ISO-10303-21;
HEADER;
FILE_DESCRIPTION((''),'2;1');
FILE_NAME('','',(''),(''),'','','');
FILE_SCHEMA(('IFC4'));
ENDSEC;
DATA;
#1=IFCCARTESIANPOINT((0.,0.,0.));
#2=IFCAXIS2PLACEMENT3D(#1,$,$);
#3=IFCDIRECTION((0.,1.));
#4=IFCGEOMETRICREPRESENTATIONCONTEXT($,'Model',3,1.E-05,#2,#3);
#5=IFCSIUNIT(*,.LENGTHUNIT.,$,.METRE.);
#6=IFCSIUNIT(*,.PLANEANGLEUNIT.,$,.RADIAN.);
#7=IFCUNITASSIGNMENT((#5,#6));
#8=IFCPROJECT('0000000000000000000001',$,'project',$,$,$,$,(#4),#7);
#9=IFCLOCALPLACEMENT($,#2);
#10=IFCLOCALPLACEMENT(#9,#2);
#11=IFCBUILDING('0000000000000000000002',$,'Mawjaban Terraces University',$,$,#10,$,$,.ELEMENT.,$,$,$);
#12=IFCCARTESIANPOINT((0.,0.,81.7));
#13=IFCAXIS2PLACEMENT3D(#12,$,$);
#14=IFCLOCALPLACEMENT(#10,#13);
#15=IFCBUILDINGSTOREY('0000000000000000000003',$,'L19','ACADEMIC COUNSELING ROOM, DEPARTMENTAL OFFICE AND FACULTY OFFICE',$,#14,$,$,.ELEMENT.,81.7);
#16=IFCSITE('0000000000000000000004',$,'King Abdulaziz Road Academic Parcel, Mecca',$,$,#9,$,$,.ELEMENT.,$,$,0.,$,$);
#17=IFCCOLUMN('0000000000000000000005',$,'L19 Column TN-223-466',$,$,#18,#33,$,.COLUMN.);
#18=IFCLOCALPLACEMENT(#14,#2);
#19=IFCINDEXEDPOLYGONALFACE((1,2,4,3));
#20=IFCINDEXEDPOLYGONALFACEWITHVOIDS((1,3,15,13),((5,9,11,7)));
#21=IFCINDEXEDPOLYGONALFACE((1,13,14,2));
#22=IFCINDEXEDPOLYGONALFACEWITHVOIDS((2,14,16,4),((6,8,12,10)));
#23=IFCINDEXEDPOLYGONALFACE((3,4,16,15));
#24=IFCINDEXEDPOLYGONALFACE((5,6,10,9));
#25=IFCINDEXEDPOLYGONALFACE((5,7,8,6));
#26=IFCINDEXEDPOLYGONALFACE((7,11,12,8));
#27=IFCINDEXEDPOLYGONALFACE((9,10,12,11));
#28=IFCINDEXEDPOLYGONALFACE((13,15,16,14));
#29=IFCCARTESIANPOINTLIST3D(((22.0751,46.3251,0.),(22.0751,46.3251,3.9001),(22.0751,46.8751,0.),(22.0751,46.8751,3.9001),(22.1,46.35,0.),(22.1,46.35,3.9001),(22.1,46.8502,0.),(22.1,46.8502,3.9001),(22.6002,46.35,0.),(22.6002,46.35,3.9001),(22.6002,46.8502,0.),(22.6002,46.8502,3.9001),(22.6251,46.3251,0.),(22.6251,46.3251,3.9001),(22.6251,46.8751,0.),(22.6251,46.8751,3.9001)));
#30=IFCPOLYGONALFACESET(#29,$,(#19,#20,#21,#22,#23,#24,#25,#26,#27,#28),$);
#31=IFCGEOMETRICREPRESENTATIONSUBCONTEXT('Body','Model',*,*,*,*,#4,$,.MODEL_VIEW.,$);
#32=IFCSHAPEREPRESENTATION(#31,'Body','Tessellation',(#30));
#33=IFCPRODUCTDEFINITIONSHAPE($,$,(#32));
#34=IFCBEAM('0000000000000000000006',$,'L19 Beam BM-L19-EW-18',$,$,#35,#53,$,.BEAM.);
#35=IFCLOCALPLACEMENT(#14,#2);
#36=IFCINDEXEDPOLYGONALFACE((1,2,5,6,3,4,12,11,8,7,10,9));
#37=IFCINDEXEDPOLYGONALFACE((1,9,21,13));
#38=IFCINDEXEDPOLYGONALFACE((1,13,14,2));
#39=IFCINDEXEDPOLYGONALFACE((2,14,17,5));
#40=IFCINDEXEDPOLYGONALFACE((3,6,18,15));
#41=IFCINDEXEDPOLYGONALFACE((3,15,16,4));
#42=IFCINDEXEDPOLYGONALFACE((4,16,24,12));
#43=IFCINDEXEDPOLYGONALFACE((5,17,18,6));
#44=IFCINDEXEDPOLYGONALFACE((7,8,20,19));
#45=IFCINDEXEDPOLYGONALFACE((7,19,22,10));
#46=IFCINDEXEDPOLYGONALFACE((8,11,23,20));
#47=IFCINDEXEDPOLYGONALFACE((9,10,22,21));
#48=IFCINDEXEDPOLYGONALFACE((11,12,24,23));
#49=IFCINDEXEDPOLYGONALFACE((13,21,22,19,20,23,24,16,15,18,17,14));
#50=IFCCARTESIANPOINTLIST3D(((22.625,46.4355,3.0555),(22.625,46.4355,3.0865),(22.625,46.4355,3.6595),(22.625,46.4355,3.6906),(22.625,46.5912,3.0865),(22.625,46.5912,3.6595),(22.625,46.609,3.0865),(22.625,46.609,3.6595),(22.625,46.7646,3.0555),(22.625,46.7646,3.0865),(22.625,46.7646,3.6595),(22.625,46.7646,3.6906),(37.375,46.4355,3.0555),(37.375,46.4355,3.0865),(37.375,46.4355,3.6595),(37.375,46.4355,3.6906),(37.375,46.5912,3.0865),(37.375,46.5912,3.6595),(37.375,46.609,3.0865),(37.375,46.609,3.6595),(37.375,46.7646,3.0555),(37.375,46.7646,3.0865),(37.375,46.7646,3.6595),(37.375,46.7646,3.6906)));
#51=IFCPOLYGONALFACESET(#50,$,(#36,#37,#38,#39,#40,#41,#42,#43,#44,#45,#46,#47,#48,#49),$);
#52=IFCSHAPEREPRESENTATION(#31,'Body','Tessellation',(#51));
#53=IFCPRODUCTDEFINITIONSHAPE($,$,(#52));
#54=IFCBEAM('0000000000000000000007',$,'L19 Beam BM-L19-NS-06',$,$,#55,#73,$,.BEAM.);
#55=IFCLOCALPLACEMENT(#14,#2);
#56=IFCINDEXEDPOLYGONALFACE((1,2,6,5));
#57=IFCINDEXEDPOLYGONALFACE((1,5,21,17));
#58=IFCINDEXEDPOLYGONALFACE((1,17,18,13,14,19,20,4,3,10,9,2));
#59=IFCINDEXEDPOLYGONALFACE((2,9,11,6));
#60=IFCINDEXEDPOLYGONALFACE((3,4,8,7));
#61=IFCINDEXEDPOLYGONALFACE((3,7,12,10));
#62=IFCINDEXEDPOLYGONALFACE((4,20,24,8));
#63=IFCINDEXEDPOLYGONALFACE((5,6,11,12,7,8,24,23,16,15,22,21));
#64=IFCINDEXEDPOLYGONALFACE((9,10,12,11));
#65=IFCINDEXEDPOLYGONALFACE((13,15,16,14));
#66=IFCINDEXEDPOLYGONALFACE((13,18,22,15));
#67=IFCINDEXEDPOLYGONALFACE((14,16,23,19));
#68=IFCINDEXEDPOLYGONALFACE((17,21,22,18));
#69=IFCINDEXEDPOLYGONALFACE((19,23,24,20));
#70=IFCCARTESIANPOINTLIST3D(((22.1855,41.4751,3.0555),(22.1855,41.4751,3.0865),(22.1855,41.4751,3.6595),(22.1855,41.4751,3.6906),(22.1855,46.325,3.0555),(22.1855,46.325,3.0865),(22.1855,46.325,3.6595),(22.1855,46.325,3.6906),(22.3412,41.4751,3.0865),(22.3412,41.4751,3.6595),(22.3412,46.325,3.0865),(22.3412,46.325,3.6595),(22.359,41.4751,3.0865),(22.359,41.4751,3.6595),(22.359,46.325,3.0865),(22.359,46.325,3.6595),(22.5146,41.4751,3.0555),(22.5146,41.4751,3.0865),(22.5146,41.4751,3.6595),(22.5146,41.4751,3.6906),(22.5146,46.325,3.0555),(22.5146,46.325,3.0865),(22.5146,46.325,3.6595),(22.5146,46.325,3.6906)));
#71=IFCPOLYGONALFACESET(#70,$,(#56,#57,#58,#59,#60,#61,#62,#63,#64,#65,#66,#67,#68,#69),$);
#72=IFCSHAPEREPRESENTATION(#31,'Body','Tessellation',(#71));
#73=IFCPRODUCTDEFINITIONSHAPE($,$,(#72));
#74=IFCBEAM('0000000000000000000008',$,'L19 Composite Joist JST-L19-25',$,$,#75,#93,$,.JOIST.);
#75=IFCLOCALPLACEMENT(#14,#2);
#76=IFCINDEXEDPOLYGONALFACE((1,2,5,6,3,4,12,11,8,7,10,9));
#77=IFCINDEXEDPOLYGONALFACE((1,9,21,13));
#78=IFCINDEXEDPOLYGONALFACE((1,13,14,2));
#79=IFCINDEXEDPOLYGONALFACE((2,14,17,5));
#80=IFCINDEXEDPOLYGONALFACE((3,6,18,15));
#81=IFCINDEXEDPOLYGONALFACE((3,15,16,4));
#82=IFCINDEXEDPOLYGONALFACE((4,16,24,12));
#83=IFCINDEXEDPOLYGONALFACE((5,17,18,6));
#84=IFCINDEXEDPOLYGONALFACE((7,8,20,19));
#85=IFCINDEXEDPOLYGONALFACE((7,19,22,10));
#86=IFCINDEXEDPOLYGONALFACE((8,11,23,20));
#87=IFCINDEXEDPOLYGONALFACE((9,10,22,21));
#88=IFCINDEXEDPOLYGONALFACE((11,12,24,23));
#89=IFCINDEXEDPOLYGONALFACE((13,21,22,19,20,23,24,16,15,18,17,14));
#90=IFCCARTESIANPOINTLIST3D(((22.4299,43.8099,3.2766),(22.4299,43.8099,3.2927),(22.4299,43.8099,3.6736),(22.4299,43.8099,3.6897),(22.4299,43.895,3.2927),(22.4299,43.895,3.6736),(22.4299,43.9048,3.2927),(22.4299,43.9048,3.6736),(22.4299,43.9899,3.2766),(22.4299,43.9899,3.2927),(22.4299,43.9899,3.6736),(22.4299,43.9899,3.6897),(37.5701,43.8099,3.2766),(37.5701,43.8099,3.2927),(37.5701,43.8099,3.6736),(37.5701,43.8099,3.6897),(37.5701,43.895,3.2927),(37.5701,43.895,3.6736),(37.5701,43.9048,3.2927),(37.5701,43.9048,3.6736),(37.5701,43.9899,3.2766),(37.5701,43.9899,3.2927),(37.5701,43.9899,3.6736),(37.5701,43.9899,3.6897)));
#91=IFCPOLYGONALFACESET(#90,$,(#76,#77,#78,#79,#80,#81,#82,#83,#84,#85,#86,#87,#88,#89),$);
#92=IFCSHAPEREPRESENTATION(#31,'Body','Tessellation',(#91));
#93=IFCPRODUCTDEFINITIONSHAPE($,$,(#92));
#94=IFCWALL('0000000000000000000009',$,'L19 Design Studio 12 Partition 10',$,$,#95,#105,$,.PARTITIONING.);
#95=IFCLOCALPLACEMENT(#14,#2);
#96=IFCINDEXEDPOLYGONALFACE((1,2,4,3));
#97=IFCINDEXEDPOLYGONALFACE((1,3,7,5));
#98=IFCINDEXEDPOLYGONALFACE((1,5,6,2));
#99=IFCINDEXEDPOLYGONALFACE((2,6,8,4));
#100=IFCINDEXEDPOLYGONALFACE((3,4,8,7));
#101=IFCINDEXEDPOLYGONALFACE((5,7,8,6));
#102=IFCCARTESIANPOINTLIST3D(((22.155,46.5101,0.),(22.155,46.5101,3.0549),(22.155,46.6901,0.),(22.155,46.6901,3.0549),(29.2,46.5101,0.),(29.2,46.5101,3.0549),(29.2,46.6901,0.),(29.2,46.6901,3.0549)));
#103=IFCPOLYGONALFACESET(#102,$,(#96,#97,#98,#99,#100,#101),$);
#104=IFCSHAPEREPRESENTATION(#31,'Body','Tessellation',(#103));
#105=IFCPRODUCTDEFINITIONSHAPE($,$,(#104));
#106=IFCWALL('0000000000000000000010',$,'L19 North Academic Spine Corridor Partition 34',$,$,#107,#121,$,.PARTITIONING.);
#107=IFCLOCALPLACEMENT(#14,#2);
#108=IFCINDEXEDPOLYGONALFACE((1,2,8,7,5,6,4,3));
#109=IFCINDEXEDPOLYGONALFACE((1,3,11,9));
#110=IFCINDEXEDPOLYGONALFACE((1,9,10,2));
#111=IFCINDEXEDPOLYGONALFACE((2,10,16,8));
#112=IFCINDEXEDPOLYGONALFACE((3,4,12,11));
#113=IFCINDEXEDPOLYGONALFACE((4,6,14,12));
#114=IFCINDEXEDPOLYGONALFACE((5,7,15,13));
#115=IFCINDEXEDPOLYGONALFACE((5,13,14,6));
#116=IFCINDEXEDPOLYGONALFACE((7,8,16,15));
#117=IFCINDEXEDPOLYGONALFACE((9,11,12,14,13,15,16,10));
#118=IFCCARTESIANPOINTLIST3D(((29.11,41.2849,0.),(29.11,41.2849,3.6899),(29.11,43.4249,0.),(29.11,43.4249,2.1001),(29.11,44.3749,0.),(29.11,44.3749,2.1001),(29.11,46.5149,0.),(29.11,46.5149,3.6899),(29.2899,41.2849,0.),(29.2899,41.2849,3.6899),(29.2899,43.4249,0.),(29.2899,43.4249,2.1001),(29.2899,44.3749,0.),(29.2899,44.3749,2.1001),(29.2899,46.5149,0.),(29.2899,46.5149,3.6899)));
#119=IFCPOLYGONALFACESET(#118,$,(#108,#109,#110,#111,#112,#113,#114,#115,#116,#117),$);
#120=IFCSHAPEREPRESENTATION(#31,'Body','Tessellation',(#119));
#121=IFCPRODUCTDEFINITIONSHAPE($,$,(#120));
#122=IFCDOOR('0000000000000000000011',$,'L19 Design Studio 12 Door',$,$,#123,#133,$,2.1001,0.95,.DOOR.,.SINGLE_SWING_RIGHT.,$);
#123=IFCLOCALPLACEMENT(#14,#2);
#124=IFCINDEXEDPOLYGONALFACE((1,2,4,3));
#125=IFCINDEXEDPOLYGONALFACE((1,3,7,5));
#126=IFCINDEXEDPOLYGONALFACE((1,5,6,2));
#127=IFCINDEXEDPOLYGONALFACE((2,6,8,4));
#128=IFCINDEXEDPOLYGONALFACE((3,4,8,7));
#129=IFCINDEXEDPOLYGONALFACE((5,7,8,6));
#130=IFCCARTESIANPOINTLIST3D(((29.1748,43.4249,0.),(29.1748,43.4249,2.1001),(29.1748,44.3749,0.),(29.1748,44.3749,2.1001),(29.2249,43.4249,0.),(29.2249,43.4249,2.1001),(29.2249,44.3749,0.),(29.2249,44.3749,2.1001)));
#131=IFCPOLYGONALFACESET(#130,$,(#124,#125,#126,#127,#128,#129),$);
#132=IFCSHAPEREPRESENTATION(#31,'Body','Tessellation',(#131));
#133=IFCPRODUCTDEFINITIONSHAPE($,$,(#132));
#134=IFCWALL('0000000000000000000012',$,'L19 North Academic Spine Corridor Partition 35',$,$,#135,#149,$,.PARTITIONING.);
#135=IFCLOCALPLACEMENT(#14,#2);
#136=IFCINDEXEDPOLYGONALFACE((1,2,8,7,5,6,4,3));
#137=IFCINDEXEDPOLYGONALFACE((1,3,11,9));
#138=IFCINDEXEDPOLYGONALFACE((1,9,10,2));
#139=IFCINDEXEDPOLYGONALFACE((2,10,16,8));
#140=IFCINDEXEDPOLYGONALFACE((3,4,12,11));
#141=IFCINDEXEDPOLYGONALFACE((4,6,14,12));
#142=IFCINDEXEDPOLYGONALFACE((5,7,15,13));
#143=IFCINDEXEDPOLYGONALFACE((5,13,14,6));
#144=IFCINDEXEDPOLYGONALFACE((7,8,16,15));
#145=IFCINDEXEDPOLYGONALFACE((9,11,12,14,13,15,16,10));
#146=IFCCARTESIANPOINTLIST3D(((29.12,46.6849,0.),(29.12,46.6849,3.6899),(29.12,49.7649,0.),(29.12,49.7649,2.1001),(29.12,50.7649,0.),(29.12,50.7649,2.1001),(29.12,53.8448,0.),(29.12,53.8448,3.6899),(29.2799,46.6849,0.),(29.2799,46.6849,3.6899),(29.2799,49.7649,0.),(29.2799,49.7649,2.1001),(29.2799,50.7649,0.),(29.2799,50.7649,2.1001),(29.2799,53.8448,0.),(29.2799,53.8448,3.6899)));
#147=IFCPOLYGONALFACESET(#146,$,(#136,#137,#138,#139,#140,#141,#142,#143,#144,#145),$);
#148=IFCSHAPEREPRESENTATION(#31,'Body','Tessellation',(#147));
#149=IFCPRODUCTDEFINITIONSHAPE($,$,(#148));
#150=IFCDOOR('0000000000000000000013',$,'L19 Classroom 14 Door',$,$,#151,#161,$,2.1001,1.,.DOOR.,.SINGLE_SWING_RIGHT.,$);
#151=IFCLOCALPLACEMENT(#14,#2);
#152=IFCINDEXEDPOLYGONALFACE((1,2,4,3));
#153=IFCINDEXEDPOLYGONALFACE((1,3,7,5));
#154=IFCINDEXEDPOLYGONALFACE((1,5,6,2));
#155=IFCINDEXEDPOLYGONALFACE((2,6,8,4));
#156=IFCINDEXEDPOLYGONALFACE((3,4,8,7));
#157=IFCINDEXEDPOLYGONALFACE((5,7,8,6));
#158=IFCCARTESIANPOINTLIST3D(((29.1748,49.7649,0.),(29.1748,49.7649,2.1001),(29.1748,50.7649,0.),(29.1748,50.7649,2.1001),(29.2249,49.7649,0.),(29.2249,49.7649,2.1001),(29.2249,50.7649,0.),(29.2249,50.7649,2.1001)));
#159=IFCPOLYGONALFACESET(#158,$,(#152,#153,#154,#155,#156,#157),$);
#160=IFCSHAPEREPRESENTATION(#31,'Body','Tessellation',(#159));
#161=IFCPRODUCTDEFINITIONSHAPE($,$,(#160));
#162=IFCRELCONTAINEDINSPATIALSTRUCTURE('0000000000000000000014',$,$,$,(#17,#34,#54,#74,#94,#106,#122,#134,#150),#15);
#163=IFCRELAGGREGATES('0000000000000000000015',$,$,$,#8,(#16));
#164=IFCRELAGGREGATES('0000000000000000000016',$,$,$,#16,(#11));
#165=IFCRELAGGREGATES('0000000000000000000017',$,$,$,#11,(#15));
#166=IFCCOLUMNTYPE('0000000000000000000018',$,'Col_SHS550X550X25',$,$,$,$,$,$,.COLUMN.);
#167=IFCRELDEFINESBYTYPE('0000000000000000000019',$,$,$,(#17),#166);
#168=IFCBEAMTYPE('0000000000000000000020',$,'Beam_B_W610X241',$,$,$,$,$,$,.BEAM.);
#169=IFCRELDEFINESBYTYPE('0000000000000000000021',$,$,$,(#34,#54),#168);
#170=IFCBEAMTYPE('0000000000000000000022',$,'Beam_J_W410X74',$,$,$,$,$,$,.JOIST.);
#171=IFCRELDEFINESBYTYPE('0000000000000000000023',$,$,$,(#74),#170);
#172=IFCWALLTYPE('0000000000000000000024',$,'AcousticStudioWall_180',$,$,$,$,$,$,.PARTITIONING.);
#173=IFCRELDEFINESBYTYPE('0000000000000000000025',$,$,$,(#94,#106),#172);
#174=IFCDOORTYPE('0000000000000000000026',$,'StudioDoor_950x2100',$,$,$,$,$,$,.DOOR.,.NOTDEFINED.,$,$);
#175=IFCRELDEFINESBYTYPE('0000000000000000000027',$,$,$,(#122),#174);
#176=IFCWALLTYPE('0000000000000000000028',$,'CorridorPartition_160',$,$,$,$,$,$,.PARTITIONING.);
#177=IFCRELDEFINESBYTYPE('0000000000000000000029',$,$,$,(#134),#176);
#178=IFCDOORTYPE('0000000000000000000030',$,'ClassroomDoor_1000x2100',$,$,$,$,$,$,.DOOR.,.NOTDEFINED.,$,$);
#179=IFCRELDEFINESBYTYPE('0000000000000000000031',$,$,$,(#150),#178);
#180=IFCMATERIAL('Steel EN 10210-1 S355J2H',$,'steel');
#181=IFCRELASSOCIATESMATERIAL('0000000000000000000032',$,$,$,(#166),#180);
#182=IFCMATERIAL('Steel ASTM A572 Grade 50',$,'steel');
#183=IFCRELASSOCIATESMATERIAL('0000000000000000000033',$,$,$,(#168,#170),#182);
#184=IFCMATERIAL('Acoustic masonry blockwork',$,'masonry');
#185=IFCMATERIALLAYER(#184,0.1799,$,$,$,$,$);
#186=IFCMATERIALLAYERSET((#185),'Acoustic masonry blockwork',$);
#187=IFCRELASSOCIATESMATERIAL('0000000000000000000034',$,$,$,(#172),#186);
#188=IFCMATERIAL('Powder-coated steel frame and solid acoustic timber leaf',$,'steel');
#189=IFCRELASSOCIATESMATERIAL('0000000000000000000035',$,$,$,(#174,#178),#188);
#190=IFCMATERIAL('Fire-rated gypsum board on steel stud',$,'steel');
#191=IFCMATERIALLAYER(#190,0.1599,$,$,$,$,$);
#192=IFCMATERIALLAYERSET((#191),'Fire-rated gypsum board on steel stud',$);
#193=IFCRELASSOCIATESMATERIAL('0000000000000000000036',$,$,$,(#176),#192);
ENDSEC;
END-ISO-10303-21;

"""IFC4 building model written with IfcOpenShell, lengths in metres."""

from ifc_helpers import new_model, si_unit, direction, frame, frame_2d, origin, origin_2d, place, context, subcontext, project, spatial, rectangle, hollow_rectangle, i_section, extrude, material, layer, layer_set, material_profile, profile_set, type_object, element, fill, save


model = new_model("IFC4")

# Units and contexts
model_context = context("Model", 3, precision=1e-05, world=origin(), true_north=direction((0.0, 1.0)))
body_context = subcontext(model_context, "Body", "Model", "MODEL_VIEW")
ifc_project = project(units=[si_unit("LENGTHUNIT", "METRE"), si_unit("PLANEANGLEUNIT", "RADIAN")], contexts=[model_context])

# Site, building, storey
site_placement = place(None, origin())
site = spatial("IfcSite", under=ifc_project, at=site_placement, Name="King Abdulaziz Road Academic Parcel, Mecca", CompositionType="ELEMENT", RefElevation=0.0)
building_placement = place(site_placement, origin())
building = spatial("IfcBuilding", under=site, at=building_placement, Name="Mawjaban Terraces University", CompositionType="ELEMENT")
storey_placement = place(building_placement, frame((0.0, 0.0, 81.7)))
storey = spatial("IfcBuildingStorey", under=building, at=storey_placement, Name="L19", Description="ACADEMIC COUNSELING ROOM, DEPARTMENTAL OFFICE AND FACULTY OFFICE", CompositionType="ELEMENT", Elevation=81.7)

# Column
ifc_material_1 = material(Name="Steel EN 10210-1 S355J2H", Category="steel")
ifc_material_profile_1 = material_profile(ifc_material_1, hollow_rectangle(XDim=0.55, YDim=0.55, WallThickness=0.0249, at=origin_2d()), Name="SHS550X550X25")
ifc_profile_set_1 = profile_set([ifc_material_profile_1], Name="Steel EN 10210-1 S355J2H")
column_type = type_object("IfcColumnType", Name="Col_SHS550X550X25", PredefinedType="COLUMN", material=ifc_profile_set_1)
column_placement = place(storey_placement, frame((22.3501, 46.6001, 0.0), z_axis=(0.0, 0.0, 1.0), x_axis=(1.0, 0.0, 0.0)))
element("IfcColumn", 1, at=column_placement, inside=storey, type_object=column_type, Name="L19 Column TN-223-466", PredefinedType="COLUMN", context=body_context, shape_type="SweptSolid", body=[
    extrude(hollow_rectangle(XDim=0.55, YDim=0.55, WallThickness=0.0249, at=origin_2d()), origin(), (0.0, 0.0, 1.0), 3.9001),
])

# Beams
ifc_material_2 = material(Name="Steel ASTM A572 Grade 50", Category="steel")
ifc_material_profile_2 = material_profile(ifc_material_2, i_section(OverallWidth=0.3291, OverallDepth=0.635, WebThickness=0.0178, FlangeThickness=0.031, at=origin_2d()), Name="W610X241")
ifc_profile_set_2 = profile_set([ifc_material_profile_2], Name="Steel ASTM A572 Grade 50")
beam_type_1 = type_object("IfcBeamType", Name="Beam_B_W610X241", PredefinedType="BEAM", material=ifc_profile_set_2)
beam_1_placement = place(storey_placement, frame((22.625, 46.6001, 3.373), z_axis=(1.0, 0.0, 0.0), x_axis=(0.0, 1.0, 0.0)))
element("IfcBeam", 2, at=beam_1_placement, inside=storey, type_object=beam_type_1, Name="L19 Beam BM-L19-EW-18", PredefinedType="BEAM", context=body_context, shape_type="SweptSolid", body=[
    extrude(i_section(OverallWidth=0.3291, OverallDepth=0.635, WebThickness=0.0178, FlangeThickness=0.031, at=origin_2d()), origin(), (0.0, 0.0, 1.0), 14.75),
])
beam_2_placement = place(storey_placement, frame((22.3501, 41.4751, 3.373), z_axis=(0.0, 1.0, 0.0), x_axis=(-1.0, 0.0, 0.0)))
element("IfcBeam", 3, at=beam_2_placement, inside=storey, type_object=beam_type_1, Name="L19 Beam BM-L19-NS-06", PredefinedType="BEAM", context=body_context, shape_type="SweptSolid", body=[
    extrude(i_section(OverallWidth=0.3291, OverallDepth=0.635, WebThickness=0.0178, FlangeThickness=0.031, at=origin_2d()), origin(), (0.0, 0.0, 1.0), 4.8499),
])
ifc_material_profile_3 = material_profile(ifc_material_2, i_section(OverallWidth=0.1799, OverallDepth=0.4131, WebThickness=0.0098, FlangeThickness=0.0161, at=origin_2d()), Name="W410X74")
ifc_profile_set_3 = profile_set([ifc_material_profile_3], Name="Steel ASTM A572 Grade 50")
beam_type_2 = type_object("IfcBeamType", Name="Beam_J_W410X74", PredefinedType="JOIST", material=ifc_profile_set_3)
beam_3_placement = place(storey_placement, frame((22.4299, 43.8999, 3.4832), z_axis=(1.0, 0.0, 0.0), x_axis=(0.0, 1.0, 0.0)))
element("IfcBeam", 4, at=beam_3_placement, inside=storey, type_object=beam_type_2, Name="L19 Composite Joist JST-L19-25", PredefinedType="JOIST", context=body_context, shape_type="SweptSolid", body=[
    extrude(i_section(OverallWidth=0.1799, OverallDepth=0.4131, WebThickness=0.0098, FlangeThickness=0.0161, at=origin_2d()), origin(), (0.0, 0.0, 1.0), 15.1401),
])

# Wall
ifc_material_3 = material(Name="Acoustic masonry blockwork", Category="masonry")
ifc_layer_1 = layer(ifc_material_3, 0.1799)
ifc_layer_set_1 = layer_set([ifc_layer_1], Name="Acoustic masonry blockwork")
wall_type_1 = type_object("IfcWallType", Name="AcousticStudioWall_180", PredefinedType="PARTITIONING", material=ifc_layer_set_1)
wall_1_placement = place(storey_placement, frame((29.2, 46.6001, 0.0), z_axis=(0.0, 0.0, 1.0), x_axis=(-1.0, 0.0, 0.0)))
element("IfcWall", 5, at=wall_1_placement, inside=storey, type_object=wall_type_1, Name="L19 Design Studio 12 Partition 10", PredefinedType="PARTITIONING", context=body_context, shape_type="SweptSolid", body=[
    extrude(rectangle(XDim=7.0449, YDim=0.1799, at=frame_2d((3.5225, 0.0))), origin(), (0.0, 0.0, 1.0), 3.0549),
])

# Walls, openings, doors
wall_2_placement = place(storey_placement, frame((29.2, 46.5149, 0.0), z_axis=(0.0, 0.0, 1.0), x_axis=(0.0, -1.0, 0.0)))
wall_2 = element("IfcWall", 6, at=wall_2_placement, inside=storey, type_object=wall_type_1, Name="L19 North Academic Spine Corridor Partition 34", PredefinedType="PARTITIONING", context=body_context, shape_type="SweptSolid", body=[
    extrude(rectangle(XDim=5.23, YDim=0.1799, at=frame_2d((2.615, 0.0))), origin(), (0.0, 0.0, 1.0), 3.6899),
])
opening_1_placement = place(wall_2_placement, frame((2.1399, 0.0, 0.0)))
opening_1 = element("IfcOpeningElement", 7, at=opening_1_placement, cuts=wall_2, PredefinedType="OPENING", context=body_context, shape_type="SweptSolid", body=[
    extrude(rectangle(XDim=0.95, YDim=2.1001, at=frame_2d((0.4751, 1.05))), frame((0.0, 0.0999, 0.0), z_axis=(0.0, -1.0, 0.0), x_axis=(1.0, 0.0, 0.0)), (0.0, 0.0, 1.0), 0.2),
])
ifc_material_4 = material(Name="Powder-coated steel frame and solid acoustic timber leaf", Category="steel")
door_type_1 = type_object("IfcDoorType", Name="StudioDoor_950x2100", OperationType="NOTDEFINED", PredefinedType="DOOR", material=ifc_material_4)
door_1_placement = place(opening_1_placement, origin())
door_1 = element("IfcDoor", 8, at=door_1_placement, inside=storey, type_object=door_type_1, Name="L19 Design Studio 12 Door", OperationType="SINGLE_SWING_RIGHT", OverallHeight=2.1001, OverallWidth=0.95, PredefinedType="DOOR", context=body_context, shape_type="SweptSolid", body=[
    extrude(rectangle(XDim=0.95, YDim=2.1001, at=frame_2d((0.4751, 1.05))), frame((0.0, 0.0249, 0.0), z_axis=(0.0, -1.0, 0.0), x_axis=(1.0, 0.0, 0.0)), (0.0, 0.0, 1.0), 0.05),
])
fill(opening_1, door_1)
ifc_material_5 = material(Name="Fire-rated gypsum board on steel stud", Category="steel")
ifc_layer_2 = layer(ifc_material_5, 0.1599)
ifc_layer_set_2 = layer_set([ifc_layer_2], Name="Fire-rated gypsum board on steel stud")
wall_type_2 = type_object("IfcWallType", Name="CorridorPartition_160", PredefinedType="PARTITIONING", material=ifc_layer_set_2)
wall_3_placement = place(storey_placement, frame((29.2, 53.845, 0.0), z_axis=(0.0, 0.0, 1.0), x_axis=(0.0, -1.0, 0.0)))
wall_3 = element("IfcWall", 9, at=wall_3_placement, inside=storey, type_object=wall_type_2, Name="L19 North Academic Spine Corridor Partition 35", PredefinedType="PARTITIONING", context=body_context, shape_type="SweptSolid", body=[
    extrude(rectangle(XDim=7.1599, YDim=0.1599, at=frame_2d((3.5801, 0.0))), origin(), (0.0, 0.0, 1.0), 3.6899),
])
opening_2_placement = place(wall_3_placement, frame((3.0801, 0.0, 0.0)))
opening_2 = element("IfcOpeningElement", 10, at=opening_2_placement, cuts=wall_3, PredefinedType="OPENING", context=body_context, shape_type="SweptSolid", body=[
    extrude(rectangle(XDim=1.0, YDim=2.1001, at=frame_2d((0.5, 1.05))), frame((0.0, 0.0898, 0.0), z_axis=(0.0, -1.0, 0.0), x_axis=(1.0, 0.0, 0.0)), (0.0, 0.0, 1.0), 0.1799),
])
door_type_2 = type_object("IfcDoorType", Name="ClassroomDoor_1000x2100", OperationType="NOTDEFINED", PredefinedType="DOOR", material=ifc_material_4)
door_2_placement = place(opening_2_placement, origin())
door_2 = element("IfcDoor", 11, at=door_2_placement, inside=storey, type_object=door_type_2, Name="L19 Classroom 14 Door", OperationType="SINGLE_SWING_RIGHT", OverallHeight=2.1001, OverallWidth=1.0, PredefinedType="DOOR", context=body_context, shape_type="SweptSolid", body=[
    extrude(rectangle(XDim=1.0, YDim=2.1001, at=frame_2d((0.5, 1.05))), frame((0.0, 0.0249, 0.0), z_axis=(0.0, -1.0, 0.0), x_axis=(1.0, 0.0, 0.0)), (0.0, 0.0, 1.0), 0.05),
])
fill(opening_2, door_2)

save(model, "model.ifc")
